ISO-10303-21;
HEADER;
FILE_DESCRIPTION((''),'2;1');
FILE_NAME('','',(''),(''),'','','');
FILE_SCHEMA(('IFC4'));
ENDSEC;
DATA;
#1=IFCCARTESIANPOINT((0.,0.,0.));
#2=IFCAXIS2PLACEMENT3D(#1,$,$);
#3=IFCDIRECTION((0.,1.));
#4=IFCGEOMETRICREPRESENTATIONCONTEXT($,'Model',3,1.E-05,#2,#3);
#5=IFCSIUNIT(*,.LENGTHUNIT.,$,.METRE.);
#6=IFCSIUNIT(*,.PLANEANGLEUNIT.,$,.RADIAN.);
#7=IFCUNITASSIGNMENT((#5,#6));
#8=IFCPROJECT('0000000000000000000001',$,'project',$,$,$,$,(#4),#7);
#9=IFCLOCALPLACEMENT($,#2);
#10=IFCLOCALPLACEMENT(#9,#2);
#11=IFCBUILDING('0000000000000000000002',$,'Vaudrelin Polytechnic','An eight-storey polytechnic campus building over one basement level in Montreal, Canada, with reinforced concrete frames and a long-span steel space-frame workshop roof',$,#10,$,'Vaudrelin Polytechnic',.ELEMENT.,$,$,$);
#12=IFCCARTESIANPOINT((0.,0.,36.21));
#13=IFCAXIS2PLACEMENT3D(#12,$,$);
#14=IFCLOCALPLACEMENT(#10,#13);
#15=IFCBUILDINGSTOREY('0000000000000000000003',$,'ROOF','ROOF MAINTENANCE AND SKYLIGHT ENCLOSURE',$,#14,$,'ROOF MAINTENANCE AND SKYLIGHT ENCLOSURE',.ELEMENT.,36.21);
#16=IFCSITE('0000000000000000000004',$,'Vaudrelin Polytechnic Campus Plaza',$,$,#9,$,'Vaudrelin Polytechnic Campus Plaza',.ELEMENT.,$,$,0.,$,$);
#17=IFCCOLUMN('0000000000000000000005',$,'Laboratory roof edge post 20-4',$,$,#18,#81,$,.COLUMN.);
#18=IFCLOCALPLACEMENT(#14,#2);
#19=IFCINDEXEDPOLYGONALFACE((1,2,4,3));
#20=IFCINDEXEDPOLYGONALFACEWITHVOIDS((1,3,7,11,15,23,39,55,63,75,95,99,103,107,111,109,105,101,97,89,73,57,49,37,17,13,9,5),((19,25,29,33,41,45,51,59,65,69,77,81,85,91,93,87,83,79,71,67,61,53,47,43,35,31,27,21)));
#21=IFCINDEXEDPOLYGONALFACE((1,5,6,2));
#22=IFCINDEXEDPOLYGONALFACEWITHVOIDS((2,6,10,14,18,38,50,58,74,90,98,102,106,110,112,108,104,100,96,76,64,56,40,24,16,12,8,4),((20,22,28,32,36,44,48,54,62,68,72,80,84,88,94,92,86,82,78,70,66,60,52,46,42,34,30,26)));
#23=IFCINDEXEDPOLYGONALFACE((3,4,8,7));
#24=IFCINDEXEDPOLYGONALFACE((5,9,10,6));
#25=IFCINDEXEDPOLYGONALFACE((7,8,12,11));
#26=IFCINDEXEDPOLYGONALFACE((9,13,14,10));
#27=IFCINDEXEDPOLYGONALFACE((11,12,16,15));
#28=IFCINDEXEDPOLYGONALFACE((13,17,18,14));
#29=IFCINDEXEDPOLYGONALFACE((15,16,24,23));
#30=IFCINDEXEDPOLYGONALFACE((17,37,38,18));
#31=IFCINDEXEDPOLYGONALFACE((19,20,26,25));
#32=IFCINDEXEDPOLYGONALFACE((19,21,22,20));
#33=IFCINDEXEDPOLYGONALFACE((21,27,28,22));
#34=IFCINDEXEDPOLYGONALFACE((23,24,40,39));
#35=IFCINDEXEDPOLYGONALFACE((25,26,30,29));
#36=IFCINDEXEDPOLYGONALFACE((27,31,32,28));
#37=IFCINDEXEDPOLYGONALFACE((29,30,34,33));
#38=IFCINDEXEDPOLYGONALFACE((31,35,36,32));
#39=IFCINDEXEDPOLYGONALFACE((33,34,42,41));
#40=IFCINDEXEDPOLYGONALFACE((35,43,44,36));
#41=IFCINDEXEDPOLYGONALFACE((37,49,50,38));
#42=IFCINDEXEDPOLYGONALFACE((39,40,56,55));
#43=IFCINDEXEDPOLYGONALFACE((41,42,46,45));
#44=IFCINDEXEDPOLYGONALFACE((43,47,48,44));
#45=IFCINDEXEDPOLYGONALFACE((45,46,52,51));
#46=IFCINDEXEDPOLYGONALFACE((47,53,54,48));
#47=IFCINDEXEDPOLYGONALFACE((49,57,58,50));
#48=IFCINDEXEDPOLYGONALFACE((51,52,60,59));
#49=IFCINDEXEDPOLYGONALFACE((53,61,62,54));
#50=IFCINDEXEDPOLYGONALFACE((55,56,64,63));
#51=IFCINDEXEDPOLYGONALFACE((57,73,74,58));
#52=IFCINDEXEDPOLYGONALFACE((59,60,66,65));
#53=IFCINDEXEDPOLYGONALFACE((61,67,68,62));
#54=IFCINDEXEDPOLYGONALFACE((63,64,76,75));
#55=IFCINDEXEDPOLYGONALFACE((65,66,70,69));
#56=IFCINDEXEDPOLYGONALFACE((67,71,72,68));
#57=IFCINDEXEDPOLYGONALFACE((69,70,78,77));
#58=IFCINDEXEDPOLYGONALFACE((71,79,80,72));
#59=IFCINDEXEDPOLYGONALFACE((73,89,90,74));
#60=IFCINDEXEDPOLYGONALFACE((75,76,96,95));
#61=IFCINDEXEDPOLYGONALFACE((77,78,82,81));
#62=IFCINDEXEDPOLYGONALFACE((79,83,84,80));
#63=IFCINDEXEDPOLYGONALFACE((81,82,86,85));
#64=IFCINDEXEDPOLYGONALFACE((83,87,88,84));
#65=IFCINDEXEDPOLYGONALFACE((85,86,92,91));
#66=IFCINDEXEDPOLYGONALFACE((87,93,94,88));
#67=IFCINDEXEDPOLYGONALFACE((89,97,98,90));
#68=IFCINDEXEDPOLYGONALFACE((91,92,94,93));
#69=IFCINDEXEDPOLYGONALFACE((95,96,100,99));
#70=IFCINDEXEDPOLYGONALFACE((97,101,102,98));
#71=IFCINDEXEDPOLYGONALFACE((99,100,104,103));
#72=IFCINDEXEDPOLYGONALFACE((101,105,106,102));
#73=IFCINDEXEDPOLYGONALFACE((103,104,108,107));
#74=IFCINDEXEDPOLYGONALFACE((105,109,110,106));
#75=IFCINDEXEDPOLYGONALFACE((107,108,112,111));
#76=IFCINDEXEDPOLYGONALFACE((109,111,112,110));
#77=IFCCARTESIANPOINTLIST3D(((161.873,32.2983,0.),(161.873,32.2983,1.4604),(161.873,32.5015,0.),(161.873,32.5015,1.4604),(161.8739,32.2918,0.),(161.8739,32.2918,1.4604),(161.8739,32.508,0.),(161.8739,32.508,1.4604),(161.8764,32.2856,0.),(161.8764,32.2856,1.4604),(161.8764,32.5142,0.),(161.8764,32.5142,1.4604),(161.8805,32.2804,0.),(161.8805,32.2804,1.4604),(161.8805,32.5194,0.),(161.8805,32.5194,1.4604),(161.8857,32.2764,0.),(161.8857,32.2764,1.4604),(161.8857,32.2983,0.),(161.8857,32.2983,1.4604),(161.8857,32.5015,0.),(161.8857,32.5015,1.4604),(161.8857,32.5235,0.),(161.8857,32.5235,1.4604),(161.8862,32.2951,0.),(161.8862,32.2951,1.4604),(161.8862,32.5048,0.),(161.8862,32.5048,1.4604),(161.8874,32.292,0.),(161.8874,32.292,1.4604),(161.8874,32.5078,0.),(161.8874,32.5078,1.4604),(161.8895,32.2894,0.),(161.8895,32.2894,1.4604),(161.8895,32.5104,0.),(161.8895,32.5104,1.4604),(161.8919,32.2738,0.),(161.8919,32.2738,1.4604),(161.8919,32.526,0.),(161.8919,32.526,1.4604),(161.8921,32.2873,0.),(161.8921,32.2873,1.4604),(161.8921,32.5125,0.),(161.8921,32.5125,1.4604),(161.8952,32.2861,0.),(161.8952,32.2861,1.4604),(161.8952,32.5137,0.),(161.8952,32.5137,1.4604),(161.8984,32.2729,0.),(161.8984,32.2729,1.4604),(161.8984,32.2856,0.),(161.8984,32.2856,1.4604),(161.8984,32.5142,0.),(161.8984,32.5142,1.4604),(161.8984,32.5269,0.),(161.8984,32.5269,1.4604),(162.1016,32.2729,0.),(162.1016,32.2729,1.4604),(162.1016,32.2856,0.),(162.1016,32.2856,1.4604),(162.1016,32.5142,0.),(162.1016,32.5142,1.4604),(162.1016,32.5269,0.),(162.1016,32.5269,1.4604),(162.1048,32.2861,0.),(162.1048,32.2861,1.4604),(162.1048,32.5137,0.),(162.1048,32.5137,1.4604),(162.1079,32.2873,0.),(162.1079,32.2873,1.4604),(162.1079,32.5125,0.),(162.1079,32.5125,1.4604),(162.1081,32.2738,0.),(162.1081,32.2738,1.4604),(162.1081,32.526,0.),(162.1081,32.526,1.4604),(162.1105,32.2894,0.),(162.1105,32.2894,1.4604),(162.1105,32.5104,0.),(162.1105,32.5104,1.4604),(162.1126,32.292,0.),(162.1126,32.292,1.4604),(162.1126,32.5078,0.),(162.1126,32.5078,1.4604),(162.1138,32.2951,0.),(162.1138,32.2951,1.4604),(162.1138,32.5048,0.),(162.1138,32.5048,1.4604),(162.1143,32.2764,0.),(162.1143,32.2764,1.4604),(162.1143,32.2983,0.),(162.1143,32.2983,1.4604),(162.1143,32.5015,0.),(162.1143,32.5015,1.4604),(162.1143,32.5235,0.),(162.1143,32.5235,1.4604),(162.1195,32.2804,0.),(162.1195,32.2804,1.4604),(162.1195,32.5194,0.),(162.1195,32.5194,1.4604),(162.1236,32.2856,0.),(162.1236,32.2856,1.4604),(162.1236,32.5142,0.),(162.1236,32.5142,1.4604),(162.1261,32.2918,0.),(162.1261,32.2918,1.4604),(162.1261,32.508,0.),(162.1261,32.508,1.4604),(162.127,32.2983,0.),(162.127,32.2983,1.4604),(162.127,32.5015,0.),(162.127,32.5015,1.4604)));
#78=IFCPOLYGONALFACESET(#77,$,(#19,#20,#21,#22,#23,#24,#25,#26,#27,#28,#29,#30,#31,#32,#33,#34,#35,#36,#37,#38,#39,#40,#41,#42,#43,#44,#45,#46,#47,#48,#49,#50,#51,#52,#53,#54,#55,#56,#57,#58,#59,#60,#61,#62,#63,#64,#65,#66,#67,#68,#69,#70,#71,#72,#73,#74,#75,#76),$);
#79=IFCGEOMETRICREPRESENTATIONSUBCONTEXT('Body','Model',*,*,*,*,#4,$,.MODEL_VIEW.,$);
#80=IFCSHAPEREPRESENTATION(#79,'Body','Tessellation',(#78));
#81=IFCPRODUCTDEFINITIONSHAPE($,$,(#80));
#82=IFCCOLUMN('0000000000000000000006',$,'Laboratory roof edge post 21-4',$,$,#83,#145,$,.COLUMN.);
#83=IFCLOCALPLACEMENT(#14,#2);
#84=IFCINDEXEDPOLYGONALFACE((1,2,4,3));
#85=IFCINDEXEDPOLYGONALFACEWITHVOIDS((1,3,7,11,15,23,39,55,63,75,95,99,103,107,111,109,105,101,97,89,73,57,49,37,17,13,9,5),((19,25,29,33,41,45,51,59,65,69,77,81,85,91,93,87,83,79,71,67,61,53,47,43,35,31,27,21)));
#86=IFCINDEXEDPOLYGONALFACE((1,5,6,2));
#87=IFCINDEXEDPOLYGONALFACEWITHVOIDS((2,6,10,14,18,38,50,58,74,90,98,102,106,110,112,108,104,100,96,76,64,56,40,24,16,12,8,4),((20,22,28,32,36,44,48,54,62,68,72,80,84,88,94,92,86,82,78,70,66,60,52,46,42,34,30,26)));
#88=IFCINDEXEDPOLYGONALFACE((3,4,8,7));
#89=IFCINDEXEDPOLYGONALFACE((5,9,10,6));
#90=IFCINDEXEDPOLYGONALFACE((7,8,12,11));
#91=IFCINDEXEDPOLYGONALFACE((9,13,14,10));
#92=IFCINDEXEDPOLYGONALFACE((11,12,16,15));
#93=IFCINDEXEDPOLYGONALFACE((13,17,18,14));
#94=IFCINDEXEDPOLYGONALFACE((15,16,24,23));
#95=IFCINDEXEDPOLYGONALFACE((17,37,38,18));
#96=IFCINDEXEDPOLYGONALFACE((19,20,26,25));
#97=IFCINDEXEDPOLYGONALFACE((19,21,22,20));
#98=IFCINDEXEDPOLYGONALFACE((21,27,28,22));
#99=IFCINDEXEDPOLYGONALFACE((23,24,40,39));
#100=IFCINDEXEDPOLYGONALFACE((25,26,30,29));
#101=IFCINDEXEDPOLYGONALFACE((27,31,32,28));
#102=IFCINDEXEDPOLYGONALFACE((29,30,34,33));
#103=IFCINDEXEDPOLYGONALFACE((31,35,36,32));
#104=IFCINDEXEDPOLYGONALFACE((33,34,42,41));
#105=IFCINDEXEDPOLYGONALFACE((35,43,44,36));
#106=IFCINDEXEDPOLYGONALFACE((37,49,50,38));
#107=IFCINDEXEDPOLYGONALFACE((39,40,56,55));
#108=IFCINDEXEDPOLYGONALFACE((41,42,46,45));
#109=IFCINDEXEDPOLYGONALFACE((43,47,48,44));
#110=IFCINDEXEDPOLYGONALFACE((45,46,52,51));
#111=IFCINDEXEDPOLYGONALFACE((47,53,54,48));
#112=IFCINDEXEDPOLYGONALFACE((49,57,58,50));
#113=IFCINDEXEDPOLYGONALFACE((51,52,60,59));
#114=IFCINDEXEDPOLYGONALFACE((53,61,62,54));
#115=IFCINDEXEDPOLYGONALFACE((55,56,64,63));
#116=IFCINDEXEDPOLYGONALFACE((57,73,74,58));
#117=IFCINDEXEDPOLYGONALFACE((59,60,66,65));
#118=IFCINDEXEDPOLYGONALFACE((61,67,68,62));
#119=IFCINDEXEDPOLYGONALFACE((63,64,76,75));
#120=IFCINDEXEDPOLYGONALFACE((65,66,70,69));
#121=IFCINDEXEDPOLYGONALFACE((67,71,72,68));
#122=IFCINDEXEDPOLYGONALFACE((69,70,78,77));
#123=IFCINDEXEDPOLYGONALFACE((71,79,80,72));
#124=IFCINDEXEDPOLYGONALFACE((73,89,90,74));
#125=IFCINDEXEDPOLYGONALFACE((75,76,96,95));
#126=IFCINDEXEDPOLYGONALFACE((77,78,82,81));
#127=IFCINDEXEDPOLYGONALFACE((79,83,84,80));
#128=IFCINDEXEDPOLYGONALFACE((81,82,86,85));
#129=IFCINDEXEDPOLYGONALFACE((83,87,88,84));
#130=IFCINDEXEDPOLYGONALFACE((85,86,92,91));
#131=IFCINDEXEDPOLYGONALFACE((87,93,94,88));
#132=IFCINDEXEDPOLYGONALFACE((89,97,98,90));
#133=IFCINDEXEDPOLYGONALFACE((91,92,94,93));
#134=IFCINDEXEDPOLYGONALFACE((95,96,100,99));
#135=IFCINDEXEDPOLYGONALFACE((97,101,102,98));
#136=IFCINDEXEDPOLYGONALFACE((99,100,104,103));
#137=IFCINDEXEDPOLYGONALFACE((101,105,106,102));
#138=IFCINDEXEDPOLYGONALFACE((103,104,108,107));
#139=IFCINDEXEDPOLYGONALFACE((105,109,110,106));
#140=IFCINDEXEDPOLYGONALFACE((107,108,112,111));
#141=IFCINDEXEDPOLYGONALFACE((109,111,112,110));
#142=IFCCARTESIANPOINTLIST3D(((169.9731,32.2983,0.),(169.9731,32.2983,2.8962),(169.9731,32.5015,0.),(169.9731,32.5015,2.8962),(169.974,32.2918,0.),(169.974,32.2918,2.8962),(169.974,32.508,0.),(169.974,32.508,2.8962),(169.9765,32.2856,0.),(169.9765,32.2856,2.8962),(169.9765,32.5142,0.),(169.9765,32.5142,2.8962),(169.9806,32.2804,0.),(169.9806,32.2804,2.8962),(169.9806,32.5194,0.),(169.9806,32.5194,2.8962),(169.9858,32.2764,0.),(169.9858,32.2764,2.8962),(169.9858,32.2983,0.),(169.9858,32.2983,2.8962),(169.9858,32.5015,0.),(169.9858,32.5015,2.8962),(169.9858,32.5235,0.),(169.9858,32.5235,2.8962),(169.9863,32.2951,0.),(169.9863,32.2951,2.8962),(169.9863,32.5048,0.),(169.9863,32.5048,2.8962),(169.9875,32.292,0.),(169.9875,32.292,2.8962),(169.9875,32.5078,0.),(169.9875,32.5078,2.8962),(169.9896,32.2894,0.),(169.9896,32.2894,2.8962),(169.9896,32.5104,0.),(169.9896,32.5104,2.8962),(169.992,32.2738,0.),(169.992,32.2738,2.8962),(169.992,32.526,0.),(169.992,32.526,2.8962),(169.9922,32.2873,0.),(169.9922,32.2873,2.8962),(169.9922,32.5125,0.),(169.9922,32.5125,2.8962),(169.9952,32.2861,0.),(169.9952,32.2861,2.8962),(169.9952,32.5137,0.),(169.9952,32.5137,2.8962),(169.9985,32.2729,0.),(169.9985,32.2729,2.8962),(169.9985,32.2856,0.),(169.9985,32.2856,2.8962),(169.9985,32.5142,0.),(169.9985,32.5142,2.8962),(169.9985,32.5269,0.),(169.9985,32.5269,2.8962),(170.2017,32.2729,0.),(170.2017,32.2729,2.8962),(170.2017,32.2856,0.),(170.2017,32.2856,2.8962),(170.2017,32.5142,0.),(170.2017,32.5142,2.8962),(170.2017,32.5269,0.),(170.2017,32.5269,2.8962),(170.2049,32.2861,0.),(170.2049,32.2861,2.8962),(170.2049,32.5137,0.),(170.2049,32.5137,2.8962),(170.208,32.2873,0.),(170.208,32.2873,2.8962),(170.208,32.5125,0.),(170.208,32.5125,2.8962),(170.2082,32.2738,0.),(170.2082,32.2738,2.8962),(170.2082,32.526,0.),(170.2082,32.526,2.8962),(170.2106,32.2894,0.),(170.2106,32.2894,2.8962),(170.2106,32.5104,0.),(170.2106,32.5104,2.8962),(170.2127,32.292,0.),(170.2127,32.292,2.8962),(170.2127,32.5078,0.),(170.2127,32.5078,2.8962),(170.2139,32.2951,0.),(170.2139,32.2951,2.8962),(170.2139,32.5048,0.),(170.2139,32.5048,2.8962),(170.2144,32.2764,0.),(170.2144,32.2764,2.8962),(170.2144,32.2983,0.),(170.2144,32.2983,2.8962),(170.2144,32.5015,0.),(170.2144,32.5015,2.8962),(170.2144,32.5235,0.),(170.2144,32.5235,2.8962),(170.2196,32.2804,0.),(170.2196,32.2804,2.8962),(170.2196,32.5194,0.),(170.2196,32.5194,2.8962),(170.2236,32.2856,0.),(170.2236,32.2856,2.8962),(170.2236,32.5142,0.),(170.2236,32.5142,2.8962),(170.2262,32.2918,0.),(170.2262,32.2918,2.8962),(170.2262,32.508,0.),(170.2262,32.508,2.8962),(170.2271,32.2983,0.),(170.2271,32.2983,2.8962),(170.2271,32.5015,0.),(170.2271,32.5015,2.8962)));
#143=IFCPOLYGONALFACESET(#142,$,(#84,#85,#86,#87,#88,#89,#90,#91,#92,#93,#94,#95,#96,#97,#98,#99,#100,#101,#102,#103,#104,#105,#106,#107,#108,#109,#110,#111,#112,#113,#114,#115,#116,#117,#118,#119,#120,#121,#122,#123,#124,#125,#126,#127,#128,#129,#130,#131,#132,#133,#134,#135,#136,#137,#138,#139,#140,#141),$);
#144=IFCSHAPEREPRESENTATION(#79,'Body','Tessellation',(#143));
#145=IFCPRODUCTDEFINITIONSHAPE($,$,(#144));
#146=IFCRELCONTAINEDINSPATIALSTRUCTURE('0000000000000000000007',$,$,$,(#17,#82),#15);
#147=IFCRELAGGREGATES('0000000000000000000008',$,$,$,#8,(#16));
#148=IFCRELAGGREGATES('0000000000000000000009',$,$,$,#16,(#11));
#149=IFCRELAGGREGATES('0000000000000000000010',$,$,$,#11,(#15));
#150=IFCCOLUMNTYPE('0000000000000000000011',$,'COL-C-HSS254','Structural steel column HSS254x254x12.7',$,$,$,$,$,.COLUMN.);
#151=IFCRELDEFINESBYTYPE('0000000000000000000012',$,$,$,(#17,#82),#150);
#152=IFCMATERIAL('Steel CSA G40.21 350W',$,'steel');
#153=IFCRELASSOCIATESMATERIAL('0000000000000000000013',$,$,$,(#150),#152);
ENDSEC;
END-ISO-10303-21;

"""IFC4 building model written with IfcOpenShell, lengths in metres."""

from ifc_helpers import new_model, si_unit, direction, frame, origin, origin_2d, place, context, subcontext, project, spatial, hollow_rectangle, extrude, material, material_profile, profile_set, type_object, element, save


model = new_model("IFC4")

# Units and contexts
model_context = context("Model", 3, precision=1e-05, world=origin(), true_north=direction((0.0, 1.0)))
body_context = subcontext(model_context, "Body", "Model", "MODEL_VIEW")
ifc_project = project(units=[si_unit("LENGTHUNIT", "METRE"), si_unit("PLANEANGLEUNIT", "RADIAN")], contexts=[model_context])

# Site, building, storey
site_placement = place(None, origin())
site = spatial("IfcSite", under=ifc_project, at=site_placement, Name="Vaudrelin Polytechnic Campus Plaza", LongName="Vaudrelin Polytechnic Campus Plaza", CompositionType="ELEMENT", RefElevation=0.0)
building_placement = place(site_placement, origin())
building = spatial("IfcBuilding", under=site, at=building_placement, Name="Vaudrelin Polytechnic", Description="An eight-storey polytechnic campus building over one basement level in Montreal, Canada, with reinforced concrete frames and a long-span steel space-frame workshop roof", LongName="Vaudrelin Polytechnic", CompositionType="ELEMENT")
storey_placement = place(building_placement, frame((0.0, 0.0, 36.21)))
storey = spatial("IfcBuildingStorey", under=building, at=storey_placement, Name="ROOF", Description="ROOF MAINTENANCE AND SKYLIGHT ENCLOSURE", LongName="ROOF MAINTENANCE AND SKYLIGHT ENCLOSURE", CompositionType="ELEMENT", Elevation=36.21)

# Columns
ifc_material_1 = material(Name="Steel CSA G40.21 350W", Category="steel")
ifc_material_profile = material_profile(ifc_material_1, hollow_rectangle(XDim=0.2539, YDim=0.2539, WallThickness=0.0127, InnerFilletRadius=0.0127, OuterFilletRadius=0.0254, at=origin_2d()), Name="HSS254x254x12.7")
ifc_profile_set = profile_set([ifc_material_profile], Name="Steel CSA G40.21 350W")
column_type = type_object("IfcColumnType", Name="COL-C-HSS254", Description="Structural steel column HSS254x254x12.7", PredefinedType="COLUMN", material=ifc_profile_set)
column_1_placement = place(storey_placement, frame((162.0, 32.3999, 0.0), z_axis=(0.0, 0.0, 1.0), x_axis=(1.0, 0.0, 0.0)))
element("IfcColumn", 1, at=column_1_placement, inside=storey, type_object=column_type, Name="Laboratory roof edge post 20-4", PredefinedType="COLUMN", context=body_context, shape_type="SweptSolid", body=[
    extrude(hollow_rectangle(XDim=0.2539, YDim=0.2539, WallThickness=0.0127, InnerFilletRadius=0.0127, OuterFilletRadius=0.0254, at=origin_2d()), origin(), (0.0, 0.0, 1.0), 1.4604),
])
column_2_placement = place(storey_placement, frame((170.1001, 32.3999, 0.0), z_axis=(0.0, 0.0, 1.0), x_axis=(1.0, 0.0, 0.0)))
element("IfcColumn", 2, at=column_2_placement, inside=storey, type_object=column_type, Name="Laboratory roof edge post 21-4", PredefinedType="COLUMN", context=body_context, shape_type="SweptSolid", body=[
    extrude(hollow_rectangle(XDim=0.2539, YDim=0.2539, WallThickness=0.0127, InnerFilletRadius=0.0127, OuterFilletRadius=0.0254, at=origin_2d()), origin(), (0.0, 0.0, 1.0), 2.8962),
])

save(model, "model.ifc")
